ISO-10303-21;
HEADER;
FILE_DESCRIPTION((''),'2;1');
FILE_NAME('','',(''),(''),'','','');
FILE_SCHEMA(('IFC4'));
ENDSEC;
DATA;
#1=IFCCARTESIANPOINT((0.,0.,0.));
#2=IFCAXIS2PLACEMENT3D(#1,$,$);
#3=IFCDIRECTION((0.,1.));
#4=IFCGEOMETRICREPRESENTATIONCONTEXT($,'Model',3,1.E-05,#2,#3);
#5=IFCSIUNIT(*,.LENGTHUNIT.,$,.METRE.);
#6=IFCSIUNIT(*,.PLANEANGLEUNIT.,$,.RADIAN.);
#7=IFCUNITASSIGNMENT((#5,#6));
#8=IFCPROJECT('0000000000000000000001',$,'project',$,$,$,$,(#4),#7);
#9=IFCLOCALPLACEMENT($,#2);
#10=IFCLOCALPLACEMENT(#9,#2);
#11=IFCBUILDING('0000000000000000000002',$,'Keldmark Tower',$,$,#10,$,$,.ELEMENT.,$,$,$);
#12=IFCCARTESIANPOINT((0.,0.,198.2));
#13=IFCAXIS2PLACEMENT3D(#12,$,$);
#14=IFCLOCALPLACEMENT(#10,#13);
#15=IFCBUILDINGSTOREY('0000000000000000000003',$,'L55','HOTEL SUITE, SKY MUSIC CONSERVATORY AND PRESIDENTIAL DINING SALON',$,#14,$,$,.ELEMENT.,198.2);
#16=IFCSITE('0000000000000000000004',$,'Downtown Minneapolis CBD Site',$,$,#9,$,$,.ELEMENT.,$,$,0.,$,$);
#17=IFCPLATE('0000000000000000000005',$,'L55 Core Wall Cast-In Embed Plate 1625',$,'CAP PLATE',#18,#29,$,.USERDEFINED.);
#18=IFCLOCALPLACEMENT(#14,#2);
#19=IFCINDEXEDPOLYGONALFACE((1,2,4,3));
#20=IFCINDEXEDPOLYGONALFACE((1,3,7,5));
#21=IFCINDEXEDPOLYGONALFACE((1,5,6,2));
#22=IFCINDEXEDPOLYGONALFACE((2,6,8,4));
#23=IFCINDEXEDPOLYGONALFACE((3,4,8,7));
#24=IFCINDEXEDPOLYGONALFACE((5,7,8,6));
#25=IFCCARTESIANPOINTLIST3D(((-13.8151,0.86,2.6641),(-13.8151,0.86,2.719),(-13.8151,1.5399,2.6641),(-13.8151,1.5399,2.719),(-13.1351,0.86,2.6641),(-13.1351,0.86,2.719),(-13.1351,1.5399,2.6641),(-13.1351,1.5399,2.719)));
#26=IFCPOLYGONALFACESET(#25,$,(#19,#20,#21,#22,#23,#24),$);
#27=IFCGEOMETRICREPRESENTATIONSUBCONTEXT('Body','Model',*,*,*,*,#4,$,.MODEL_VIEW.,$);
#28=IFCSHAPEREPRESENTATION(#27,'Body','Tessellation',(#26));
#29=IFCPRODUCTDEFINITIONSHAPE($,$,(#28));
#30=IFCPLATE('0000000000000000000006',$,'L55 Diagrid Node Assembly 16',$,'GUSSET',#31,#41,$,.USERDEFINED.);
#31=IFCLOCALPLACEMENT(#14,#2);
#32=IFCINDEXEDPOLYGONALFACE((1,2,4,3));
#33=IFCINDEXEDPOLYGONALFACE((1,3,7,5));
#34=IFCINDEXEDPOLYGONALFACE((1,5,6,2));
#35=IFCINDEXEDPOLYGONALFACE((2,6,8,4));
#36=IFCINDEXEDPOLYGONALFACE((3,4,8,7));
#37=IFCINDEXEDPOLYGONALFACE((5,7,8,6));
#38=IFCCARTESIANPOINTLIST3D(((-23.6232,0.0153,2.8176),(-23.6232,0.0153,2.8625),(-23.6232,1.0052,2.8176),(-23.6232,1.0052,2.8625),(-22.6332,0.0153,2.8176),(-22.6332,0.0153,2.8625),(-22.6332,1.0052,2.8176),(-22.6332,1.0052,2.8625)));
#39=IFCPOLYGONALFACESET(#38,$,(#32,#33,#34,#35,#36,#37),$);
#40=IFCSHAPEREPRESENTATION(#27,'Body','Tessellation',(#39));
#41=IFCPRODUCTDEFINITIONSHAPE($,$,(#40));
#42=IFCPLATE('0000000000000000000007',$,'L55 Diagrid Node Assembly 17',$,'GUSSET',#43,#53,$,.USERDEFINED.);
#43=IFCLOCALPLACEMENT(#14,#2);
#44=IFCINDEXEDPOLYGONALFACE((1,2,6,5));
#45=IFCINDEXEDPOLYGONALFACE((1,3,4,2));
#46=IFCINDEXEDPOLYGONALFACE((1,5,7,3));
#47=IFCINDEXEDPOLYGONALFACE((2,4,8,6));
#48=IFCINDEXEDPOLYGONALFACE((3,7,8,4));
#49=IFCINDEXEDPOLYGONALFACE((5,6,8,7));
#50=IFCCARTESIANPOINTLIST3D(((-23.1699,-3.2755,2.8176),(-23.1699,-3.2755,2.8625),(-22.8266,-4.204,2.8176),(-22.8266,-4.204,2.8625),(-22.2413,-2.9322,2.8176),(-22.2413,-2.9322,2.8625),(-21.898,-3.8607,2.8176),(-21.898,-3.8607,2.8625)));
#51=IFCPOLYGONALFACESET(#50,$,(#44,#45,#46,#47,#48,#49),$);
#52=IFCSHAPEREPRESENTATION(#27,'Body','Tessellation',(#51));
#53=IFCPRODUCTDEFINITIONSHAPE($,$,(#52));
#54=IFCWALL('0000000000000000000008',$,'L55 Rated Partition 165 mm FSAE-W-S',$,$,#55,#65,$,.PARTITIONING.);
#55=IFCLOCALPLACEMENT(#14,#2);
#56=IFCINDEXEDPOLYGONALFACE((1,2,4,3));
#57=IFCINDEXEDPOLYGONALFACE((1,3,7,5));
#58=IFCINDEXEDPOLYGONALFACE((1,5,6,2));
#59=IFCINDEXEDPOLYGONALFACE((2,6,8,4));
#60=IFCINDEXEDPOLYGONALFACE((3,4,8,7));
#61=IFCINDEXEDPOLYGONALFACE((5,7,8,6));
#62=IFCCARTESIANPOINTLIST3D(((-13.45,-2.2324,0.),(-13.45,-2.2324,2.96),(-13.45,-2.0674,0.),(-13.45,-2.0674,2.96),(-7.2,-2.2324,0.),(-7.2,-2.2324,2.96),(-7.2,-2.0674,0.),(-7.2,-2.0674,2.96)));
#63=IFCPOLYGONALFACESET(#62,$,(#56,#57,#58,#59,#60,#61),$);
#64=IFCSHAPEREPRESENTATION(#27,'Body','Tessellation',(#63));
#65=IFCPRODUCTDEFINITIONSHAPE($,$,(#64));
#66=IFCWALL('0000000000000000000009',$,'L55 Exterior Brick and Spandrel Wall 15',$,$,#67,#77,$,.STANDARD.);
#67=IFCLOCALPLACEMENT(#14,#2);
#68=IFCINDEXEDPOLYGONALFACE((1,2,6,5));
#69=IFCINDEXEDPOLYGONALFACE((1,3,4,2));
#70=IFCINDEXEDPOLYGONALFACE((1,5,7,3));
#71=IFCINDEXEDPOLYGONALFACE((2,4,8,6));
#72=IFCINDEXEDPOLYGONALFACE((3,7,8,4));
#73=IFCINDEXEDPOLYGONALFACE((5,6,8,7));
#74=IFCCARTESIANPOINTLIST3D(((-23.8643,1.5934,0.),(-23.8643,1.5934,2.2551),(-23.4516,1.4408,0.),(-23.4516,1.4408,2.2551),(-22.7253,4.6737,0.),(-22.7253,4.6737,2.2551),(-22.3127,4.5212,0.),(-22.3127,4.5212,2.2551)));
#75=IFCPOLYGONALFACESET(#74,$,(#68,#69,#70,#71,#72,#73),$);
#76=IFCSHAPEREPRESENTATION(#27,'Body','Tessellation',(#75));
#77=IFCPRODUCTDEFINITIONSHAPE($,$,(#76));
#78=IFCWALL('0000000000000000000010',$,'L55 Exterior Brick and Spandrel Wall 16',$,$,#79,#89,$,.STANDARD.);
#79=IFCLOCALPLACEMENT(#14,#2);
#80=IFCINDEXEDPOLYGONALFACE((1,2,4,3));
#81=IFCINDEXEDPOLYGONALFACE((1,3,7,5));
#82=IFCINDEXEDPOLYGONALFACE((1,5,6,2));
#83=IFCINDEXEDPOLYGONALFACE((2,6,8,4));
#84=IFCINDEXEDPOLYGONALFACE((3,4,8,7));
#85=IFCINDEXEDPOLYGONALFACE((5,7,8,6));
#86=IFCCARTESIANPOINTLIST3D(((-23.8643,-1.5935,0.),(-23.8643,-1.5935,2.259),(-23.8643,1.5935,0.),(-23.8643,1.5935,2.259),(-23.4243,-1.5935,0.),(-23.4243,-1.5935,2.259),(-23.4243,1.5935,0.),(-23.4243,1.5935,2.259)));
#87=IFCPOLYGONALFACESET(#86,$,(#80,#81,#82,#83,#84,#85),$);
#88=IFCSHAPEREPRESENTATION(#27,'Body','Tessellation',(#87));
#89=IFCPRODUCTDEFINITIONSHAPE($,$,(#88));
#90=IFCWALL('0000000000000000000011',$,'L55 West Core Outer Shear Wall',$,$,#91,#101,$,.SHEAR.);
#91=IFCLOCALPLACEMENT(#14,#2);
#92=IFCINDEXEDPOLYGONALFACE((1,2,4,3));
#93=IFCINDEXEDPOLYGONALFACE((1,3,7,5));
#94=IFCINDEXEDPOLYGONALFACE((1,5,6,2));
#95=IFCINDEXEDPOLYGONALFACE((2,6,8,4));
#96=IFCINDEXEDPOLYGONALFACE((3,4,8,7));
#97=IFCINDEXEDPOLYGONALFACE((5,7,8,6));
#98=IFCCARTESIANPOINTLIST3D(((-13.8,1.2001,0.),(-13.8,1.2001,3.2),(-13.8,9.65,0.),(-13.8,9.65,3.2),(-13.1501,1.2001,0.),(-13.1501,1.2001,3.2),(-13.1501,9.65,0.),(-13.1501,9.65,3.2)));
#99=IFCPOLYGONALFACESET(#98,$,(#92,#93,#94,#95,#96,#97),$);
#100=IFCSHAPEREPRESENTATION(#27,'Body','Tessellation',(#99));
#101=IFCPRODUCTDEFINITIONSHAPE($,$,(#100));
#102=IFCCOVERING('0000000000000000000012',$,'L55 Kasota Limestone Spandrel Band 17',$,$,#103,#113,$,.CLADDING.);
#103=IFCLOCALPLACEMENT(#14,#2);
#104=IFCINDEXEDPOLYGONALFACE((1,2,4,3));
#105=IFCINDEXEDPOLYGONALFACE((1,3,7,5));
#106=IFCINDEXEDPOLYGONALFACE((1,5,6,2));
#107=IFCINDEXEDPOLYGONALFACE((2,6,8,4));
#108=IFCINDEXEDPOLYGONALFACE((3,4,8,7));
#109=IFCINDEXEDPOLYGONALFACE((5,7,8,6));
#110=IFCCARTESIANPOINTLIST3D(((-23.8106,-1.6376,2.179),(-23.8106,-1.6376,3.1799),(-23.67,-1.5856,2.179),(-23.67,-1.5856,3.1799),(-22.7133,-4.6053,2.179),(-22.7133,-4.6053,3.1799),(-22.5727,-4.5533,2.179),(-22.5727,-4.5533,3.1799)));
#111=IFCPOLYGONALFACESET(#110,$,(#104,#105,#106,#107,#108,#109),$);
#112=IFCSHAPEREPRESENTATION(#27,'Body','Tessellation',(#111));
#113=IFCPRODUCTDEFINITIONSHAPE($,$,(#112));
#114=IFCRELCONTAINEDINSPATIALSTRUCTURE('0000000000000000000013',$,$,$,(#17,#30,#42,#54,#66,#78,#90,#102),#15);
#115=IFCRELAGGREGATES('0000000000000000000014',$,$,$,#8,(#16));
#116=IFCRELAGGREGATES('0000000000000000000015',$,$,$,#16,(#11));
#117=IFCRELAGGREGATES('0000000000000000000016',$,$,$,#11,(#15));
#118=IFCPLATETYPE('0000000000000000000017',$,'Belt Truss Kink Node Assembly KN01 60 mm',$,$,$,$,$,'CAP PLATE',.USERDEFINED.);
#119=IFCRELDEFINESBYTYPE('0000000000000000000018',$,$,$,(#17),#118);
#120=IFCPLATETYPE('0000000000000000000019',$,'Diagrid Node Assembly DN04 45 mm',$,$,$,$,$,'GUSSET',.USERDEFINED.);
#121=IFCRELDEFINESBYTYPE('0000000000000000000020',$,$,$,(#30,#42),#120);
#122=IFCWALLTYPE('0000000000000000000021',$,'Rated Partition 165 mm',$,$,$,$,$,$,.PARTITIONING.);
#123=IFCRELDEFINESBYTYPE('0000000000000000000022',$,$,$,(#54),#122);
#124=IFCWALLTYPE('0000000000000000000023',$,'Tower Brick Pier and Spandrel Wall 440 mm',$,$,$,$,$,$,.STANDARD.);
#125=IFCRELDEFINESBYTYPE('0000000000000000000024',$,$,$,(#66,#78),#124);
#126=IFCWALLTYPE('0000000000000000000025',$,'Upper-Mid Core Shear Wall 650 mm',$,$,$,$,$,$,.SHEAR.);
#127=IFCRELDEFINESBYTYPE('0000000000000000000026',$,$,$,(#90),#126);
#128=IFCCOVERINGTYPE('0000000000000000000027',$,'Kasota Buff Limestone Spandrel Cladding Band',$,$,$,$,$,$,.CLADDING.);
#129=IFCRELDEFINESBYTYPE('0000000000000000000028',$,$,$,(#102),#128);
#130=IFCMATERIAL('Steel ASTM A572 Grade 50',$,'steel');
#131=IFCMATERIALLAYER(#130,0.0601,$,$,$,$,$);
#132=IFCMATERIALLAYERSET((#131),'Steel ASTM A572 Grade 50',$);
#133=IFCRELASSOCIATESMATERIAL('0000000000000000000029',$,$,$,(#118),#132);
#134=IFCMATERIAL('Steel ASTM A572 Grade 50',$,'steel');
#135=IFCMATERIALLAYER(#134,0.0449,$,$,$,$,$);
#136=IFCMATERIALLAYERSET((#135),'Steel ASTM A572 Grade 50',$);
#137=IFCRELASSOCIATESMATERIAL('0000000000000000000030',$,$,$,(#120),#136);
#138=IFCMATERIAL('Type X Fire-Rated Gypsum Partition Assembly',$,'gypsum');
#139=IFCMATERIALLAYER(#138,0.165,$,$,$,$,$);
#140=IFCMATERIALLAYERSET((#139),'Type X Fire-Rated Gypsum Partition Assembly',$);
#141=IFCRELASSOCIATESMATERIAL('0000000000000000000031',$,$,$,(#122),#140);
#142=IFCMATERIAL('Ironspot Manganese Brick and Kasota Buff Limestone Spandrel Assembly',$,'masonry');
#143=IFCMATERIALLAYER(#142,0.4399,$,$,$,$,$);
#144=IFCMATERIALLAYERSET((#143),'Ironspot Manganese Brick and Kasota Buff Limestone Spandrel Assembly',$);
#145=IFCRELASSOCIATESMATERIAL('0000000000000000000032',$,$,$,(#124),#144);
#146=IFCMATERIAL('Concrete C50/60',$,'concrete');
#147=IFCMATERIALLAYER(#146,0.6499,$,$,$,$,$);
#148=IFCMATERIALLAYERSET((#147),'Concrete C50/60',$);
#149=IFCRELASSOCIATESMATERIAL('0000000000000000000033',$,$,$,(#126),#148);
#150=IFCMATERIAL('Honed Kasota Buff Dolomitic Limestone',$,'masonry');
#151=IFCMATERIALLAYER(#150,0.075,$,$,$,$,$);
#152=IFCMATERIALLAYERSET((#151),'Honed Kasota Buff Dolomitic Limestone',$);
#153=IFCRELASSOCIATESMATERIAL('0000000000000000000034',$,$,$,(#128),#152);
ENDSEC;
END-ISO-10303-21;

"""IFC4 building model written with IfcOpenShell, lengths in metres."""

from ifc_helpers import new_model, si_unit, direction, frame, frame_2d, origin, origin_2d, place, context, subcontext, project, spatial, rectangle, extrude, material, layer, layer_set, type_object, element, save


model = new_model("IFC4")

# Units and contexts
model_context = context("Model", 3, precision=1e-05, world=origin(), true_north=direction((0.0, 1.0)))
body_context = subcontext(model_context, "Body", "Model", "MODEL_VIEW")
ifc_project = project(units=[si_unit("LENGTHUNIT", "METRE"), si_unit("PLANEANGLEUNIT", "RADIAN")], contexts=[model_context])

# Site, building, storey
site_placement = place(None, origin())
site = spatial("IfcSite", under=ifc_project, at=site_placement, Name="Downtown Minneapolis CBD Site", CompositionType="ELEMENT", RefElevation=0.0)
building_placement = place(site_placement, origin())
building = spatial("IfcBuilding", under=site, at=building_placement, Name="Keldmark Tower", CompositionType="ELEMENT")
storey_placement = place(building_placement, frame((0.0, 0.0, 198.2)))
storey = spatial("IfcBuildingStorey", under=building, at=storey_placement, Name="L55", Description="HOTEL SUITE, SKY MUSIC CONSERVATORY AND PRESIDENTIAL DINING SALON", CompositionType="ELEMENT", Elevation=198.2)

# Plates
ifc_material_1 = material(Name="Steel ASTM A572 Grade 50", Category="steel")
ifc_layer_1 = layer(ifc_material_1, 0.0601)
ifc_layer_set_1 = layer_set([ifc_layer_1], Name="Steel ASTM A572 Grade 50")
plate_type_1 = type_object("IfcPlateType", Name="Belt Truss Kink Node Assembly KN01 60 mm", ElementType="CAP PLATE", PredefinedType="USERDEFINED", material=ifc_layer_set_1)
for number, where, z_axis, x_axis, name in (
    (1, (-13.4751, 1.2, 2.6641), (0.0, 0.0, 1.0), (1.0, 0.0, 0.0), "L55 Core Wall Cast-In Embed Plate 1625"),
):
    element("IfcPlate", number, at=place(storey_placement, frame(where, z_axis=z_axis, x_axis=x_axis)), inside=storey, type_object=plate_type_1, Name=name, ObjectType="CAP PLATE", PredefinedType="USERDEFINED", context=body_context, shape_type="SweptSolid", body=[
        extrude(rectangle(XDim=0.6799, YDim=0.6799, at=origin_2d()), origin(), (0.0, 0.0, 1.0), 0.0549),
    ])
ifc_material_2 = material(Name="Steel ASTM A572 Grade 50", Category="steel")
ifc_layer_2 = layer(ifc_material_2, 0.0449)
ifc_layer_set_2 = layer_set([ifc_layer_2], Name="Steel ASTM A572 Grade 50")
plate_type_2 = type_object("IfcPlateType", Name="Diagrid Node Assembly DN04 45 mm", ElementType="GUSSET", PredefinedType="USERDEFINED", material=ifc_layer_set_2)
for number, where, z_axis, x_axis, name in (
    (2, (-23.1282, 0.5103, 2.8176), (0.0, 0.0, 1.0), (0.0, -1.0, 0.0), "L55 Diagrid Node Assembly 16"),
    (3, (-22.5339, -3.5681, 2.8176), (0.0, 0.0, 1.0), (0.346772, -0.937949, 0.0), "L55 Diagrid Node Assembly 17"),
):
    element("IfcPlate", number, at=place(storey_placement, frame(where, z_axis=z_axis, x_axis=x_axis)), inside=storey, type_object=plate_type_2, Name=name, ObjectType="GUSSET", PredefinedType="USERDEFINED", context=body_context, shape_type="SweptSolid", body=[
        extrude(rectangle(XDim=0.99, YDim=0.99, at=origin_2d()), origin(), (0.0, 0.0, 1.0), 0.0449),
    ])

# Walls
ifc_material_3 = material(Name="Type X Fire-Rated Gypsum Partition Assembly", Category="gypsum")
ifc_layer_3 = layer(ifc_material_3, 0.165)
ifc_layer_set_3 = layer_set([ifc_layer_3], Name="Type X Fire-Rated Gypsum Partition Assembly")
wall_type_1 = type_object("IfcWallType", Name="Rated Partition 165 mm", PredefinedType="PARTITIONING", material=ifc_layer_set_3)
wall_1_placement = place(storey_placement, frame((-13.45, -2.1499, 0.0), z_axis=(0.0, 0.0, 1.0), x_axis=(1.0, 0.0, 0.0)))
element("IfcWall", 4, at=wall_1_placement, inside=storey, type_object=wall_type_1, Name="L55 Rated Partition 165 mm FSAE-W-S", PredefinedType="PARTITIONING", context=body_context, shape_type="SweptSolid", body=[
    extrude(rectangle(XDim=6.25, YDim=0.165, at=frame_2d((3.125, 0.0))), origin(), (0.0, 0.0, 1.0), 2.96),
])
ifc_material_4 = material(Name="Ironspot Manganese Brick and Kasota Buff Limestone Spandrel Assembly", Category="masonry")
ifc_layer_4 = layer(ifc_material_4, 0.4399)
ifc_layer_set_4 = layer_set([ifc_layer_4], Name="Ironspot Manganese Brick and Kasota Buff Limestone Spandrel Assembly")
wall_type_2 = type_object("IfcWallType", Name="Tower Brick Pier and Spandrel Wall 440 mm", PredefinedType="STANDARD", material=ifc_layer_set_4)
wall_2_placement = place(storey_placement, frame((-23.658, 1.5171, 0.0), z_axis=(0.0, 0.0, 1.0), x_axis=(0.346794, 0.937941, 0.0)))
element("IfcWall", 5, at=wall_2_placement, inside=storey, type_object=wall_type_2, Name="L55 Exterior Brick and Spandrel Wall 15", PredefinedType="STANDARD", context=body_context, shape_type="SweptSolid", body=[
    extrude(rectangle(XDim=3.2842, YDim=0.4399, at=frame_2d((1.6421, 0.0))), origin(), (0.0, 0.0, 1.0), 2.2551),
])
wall_3_placement = place(storey_placement, frame((-23.6443, -1.5935, 0.0), z_axis=(0.0, 0.0, 1.0), x_axis=(0.0, 1.0, 0.0)))
element("IfcWall", 6, at=wall_3_placement, inside=storey, type_object=wall_type_2, Name="L55 Exterior Brick and Spandrel Wall 16", PredefinedType="STANDARD", context=body_context, shape_type="SweptSolid", body=[
    extrude(rectangle(XDim=3.187, YDim=0.4399, at=frame_2d((1.5935, 0.0))), origin(), (0.0, 0.0, 1.0), 2.259),
])
ifc_material_5 = material(Name="Concrete C50/60", Category="concrete")
ifc_layer_5 = layer(ifc_material_5, 0.6499)
ifc_layer_set_5 = layer_set([ifc_layer_5], Name="Concrete C50/60")
wall_type_3 = type_object("IfcWallType", Name="Upper-Mid Core Shear Wall 650 mm", PredefinedType="SHEAR", material=ifc_layer_set_5)
wall_4_placement = place(storey_placement, frame((-13.4751, 1.2, 0.0), z_axis=(0.0, 0.0, 1.0), x_axis=(0.0, 1.0, 0.0)))
element("IfcWall", 7, at=wall_4_placement, inside=storey, type_object=wall_type_3, Name="L55 West Core Outer Shear Wall", PredefinedType="SHEAR", context=body_context, shape_type="SweptSolid", body=[
    extrude(rectangle(XDim=8.45, YDim=0.6499, at=frame_2d((4.2251, 0.0))), origin(), (0.0, 0.0, 1.0), 3.2),
])

# Covering
ifc_material_6 = material(Name="Honed Kasota Buff Dolomitic Limestone", Category="masonry")
ifc_layer_6 = layer(ifc_material_6, 0.075)
ifc_layer_set_6 = layer_set([ifc_layer_6], Name="Honed Kasota Buff Dolomitic Limestone")
covering_type = type_object("IfcCoveringType", Name="Kasota Buff Limestone Spandrel Cladding Band", PredefinedType="CLADDING", material=ifc_layer_set_6)
covering_placement = place(storey_placement, frame((-23.1917, -3.0955, 2.179), z_axis=(0.0, 0.0, 1.0), x_axis=(0.346805, -0.937937, 0.0)))
element("IfcCovering", 8, at=covering_placement, inside=storey, type_object=covering_type, Name="L55 Kasota Limestone Spandrel Band 17", PredefinedType="CLADDING", context=body_context, shape_type="SweptSolid", body=[
    extrude(rectangle(XDim=3.1641, YDim=0.1499, at=origin_2d()), origin(), (0.0, 0.0, 1.0), 1.001),
])

save(model, "model.ifc")
